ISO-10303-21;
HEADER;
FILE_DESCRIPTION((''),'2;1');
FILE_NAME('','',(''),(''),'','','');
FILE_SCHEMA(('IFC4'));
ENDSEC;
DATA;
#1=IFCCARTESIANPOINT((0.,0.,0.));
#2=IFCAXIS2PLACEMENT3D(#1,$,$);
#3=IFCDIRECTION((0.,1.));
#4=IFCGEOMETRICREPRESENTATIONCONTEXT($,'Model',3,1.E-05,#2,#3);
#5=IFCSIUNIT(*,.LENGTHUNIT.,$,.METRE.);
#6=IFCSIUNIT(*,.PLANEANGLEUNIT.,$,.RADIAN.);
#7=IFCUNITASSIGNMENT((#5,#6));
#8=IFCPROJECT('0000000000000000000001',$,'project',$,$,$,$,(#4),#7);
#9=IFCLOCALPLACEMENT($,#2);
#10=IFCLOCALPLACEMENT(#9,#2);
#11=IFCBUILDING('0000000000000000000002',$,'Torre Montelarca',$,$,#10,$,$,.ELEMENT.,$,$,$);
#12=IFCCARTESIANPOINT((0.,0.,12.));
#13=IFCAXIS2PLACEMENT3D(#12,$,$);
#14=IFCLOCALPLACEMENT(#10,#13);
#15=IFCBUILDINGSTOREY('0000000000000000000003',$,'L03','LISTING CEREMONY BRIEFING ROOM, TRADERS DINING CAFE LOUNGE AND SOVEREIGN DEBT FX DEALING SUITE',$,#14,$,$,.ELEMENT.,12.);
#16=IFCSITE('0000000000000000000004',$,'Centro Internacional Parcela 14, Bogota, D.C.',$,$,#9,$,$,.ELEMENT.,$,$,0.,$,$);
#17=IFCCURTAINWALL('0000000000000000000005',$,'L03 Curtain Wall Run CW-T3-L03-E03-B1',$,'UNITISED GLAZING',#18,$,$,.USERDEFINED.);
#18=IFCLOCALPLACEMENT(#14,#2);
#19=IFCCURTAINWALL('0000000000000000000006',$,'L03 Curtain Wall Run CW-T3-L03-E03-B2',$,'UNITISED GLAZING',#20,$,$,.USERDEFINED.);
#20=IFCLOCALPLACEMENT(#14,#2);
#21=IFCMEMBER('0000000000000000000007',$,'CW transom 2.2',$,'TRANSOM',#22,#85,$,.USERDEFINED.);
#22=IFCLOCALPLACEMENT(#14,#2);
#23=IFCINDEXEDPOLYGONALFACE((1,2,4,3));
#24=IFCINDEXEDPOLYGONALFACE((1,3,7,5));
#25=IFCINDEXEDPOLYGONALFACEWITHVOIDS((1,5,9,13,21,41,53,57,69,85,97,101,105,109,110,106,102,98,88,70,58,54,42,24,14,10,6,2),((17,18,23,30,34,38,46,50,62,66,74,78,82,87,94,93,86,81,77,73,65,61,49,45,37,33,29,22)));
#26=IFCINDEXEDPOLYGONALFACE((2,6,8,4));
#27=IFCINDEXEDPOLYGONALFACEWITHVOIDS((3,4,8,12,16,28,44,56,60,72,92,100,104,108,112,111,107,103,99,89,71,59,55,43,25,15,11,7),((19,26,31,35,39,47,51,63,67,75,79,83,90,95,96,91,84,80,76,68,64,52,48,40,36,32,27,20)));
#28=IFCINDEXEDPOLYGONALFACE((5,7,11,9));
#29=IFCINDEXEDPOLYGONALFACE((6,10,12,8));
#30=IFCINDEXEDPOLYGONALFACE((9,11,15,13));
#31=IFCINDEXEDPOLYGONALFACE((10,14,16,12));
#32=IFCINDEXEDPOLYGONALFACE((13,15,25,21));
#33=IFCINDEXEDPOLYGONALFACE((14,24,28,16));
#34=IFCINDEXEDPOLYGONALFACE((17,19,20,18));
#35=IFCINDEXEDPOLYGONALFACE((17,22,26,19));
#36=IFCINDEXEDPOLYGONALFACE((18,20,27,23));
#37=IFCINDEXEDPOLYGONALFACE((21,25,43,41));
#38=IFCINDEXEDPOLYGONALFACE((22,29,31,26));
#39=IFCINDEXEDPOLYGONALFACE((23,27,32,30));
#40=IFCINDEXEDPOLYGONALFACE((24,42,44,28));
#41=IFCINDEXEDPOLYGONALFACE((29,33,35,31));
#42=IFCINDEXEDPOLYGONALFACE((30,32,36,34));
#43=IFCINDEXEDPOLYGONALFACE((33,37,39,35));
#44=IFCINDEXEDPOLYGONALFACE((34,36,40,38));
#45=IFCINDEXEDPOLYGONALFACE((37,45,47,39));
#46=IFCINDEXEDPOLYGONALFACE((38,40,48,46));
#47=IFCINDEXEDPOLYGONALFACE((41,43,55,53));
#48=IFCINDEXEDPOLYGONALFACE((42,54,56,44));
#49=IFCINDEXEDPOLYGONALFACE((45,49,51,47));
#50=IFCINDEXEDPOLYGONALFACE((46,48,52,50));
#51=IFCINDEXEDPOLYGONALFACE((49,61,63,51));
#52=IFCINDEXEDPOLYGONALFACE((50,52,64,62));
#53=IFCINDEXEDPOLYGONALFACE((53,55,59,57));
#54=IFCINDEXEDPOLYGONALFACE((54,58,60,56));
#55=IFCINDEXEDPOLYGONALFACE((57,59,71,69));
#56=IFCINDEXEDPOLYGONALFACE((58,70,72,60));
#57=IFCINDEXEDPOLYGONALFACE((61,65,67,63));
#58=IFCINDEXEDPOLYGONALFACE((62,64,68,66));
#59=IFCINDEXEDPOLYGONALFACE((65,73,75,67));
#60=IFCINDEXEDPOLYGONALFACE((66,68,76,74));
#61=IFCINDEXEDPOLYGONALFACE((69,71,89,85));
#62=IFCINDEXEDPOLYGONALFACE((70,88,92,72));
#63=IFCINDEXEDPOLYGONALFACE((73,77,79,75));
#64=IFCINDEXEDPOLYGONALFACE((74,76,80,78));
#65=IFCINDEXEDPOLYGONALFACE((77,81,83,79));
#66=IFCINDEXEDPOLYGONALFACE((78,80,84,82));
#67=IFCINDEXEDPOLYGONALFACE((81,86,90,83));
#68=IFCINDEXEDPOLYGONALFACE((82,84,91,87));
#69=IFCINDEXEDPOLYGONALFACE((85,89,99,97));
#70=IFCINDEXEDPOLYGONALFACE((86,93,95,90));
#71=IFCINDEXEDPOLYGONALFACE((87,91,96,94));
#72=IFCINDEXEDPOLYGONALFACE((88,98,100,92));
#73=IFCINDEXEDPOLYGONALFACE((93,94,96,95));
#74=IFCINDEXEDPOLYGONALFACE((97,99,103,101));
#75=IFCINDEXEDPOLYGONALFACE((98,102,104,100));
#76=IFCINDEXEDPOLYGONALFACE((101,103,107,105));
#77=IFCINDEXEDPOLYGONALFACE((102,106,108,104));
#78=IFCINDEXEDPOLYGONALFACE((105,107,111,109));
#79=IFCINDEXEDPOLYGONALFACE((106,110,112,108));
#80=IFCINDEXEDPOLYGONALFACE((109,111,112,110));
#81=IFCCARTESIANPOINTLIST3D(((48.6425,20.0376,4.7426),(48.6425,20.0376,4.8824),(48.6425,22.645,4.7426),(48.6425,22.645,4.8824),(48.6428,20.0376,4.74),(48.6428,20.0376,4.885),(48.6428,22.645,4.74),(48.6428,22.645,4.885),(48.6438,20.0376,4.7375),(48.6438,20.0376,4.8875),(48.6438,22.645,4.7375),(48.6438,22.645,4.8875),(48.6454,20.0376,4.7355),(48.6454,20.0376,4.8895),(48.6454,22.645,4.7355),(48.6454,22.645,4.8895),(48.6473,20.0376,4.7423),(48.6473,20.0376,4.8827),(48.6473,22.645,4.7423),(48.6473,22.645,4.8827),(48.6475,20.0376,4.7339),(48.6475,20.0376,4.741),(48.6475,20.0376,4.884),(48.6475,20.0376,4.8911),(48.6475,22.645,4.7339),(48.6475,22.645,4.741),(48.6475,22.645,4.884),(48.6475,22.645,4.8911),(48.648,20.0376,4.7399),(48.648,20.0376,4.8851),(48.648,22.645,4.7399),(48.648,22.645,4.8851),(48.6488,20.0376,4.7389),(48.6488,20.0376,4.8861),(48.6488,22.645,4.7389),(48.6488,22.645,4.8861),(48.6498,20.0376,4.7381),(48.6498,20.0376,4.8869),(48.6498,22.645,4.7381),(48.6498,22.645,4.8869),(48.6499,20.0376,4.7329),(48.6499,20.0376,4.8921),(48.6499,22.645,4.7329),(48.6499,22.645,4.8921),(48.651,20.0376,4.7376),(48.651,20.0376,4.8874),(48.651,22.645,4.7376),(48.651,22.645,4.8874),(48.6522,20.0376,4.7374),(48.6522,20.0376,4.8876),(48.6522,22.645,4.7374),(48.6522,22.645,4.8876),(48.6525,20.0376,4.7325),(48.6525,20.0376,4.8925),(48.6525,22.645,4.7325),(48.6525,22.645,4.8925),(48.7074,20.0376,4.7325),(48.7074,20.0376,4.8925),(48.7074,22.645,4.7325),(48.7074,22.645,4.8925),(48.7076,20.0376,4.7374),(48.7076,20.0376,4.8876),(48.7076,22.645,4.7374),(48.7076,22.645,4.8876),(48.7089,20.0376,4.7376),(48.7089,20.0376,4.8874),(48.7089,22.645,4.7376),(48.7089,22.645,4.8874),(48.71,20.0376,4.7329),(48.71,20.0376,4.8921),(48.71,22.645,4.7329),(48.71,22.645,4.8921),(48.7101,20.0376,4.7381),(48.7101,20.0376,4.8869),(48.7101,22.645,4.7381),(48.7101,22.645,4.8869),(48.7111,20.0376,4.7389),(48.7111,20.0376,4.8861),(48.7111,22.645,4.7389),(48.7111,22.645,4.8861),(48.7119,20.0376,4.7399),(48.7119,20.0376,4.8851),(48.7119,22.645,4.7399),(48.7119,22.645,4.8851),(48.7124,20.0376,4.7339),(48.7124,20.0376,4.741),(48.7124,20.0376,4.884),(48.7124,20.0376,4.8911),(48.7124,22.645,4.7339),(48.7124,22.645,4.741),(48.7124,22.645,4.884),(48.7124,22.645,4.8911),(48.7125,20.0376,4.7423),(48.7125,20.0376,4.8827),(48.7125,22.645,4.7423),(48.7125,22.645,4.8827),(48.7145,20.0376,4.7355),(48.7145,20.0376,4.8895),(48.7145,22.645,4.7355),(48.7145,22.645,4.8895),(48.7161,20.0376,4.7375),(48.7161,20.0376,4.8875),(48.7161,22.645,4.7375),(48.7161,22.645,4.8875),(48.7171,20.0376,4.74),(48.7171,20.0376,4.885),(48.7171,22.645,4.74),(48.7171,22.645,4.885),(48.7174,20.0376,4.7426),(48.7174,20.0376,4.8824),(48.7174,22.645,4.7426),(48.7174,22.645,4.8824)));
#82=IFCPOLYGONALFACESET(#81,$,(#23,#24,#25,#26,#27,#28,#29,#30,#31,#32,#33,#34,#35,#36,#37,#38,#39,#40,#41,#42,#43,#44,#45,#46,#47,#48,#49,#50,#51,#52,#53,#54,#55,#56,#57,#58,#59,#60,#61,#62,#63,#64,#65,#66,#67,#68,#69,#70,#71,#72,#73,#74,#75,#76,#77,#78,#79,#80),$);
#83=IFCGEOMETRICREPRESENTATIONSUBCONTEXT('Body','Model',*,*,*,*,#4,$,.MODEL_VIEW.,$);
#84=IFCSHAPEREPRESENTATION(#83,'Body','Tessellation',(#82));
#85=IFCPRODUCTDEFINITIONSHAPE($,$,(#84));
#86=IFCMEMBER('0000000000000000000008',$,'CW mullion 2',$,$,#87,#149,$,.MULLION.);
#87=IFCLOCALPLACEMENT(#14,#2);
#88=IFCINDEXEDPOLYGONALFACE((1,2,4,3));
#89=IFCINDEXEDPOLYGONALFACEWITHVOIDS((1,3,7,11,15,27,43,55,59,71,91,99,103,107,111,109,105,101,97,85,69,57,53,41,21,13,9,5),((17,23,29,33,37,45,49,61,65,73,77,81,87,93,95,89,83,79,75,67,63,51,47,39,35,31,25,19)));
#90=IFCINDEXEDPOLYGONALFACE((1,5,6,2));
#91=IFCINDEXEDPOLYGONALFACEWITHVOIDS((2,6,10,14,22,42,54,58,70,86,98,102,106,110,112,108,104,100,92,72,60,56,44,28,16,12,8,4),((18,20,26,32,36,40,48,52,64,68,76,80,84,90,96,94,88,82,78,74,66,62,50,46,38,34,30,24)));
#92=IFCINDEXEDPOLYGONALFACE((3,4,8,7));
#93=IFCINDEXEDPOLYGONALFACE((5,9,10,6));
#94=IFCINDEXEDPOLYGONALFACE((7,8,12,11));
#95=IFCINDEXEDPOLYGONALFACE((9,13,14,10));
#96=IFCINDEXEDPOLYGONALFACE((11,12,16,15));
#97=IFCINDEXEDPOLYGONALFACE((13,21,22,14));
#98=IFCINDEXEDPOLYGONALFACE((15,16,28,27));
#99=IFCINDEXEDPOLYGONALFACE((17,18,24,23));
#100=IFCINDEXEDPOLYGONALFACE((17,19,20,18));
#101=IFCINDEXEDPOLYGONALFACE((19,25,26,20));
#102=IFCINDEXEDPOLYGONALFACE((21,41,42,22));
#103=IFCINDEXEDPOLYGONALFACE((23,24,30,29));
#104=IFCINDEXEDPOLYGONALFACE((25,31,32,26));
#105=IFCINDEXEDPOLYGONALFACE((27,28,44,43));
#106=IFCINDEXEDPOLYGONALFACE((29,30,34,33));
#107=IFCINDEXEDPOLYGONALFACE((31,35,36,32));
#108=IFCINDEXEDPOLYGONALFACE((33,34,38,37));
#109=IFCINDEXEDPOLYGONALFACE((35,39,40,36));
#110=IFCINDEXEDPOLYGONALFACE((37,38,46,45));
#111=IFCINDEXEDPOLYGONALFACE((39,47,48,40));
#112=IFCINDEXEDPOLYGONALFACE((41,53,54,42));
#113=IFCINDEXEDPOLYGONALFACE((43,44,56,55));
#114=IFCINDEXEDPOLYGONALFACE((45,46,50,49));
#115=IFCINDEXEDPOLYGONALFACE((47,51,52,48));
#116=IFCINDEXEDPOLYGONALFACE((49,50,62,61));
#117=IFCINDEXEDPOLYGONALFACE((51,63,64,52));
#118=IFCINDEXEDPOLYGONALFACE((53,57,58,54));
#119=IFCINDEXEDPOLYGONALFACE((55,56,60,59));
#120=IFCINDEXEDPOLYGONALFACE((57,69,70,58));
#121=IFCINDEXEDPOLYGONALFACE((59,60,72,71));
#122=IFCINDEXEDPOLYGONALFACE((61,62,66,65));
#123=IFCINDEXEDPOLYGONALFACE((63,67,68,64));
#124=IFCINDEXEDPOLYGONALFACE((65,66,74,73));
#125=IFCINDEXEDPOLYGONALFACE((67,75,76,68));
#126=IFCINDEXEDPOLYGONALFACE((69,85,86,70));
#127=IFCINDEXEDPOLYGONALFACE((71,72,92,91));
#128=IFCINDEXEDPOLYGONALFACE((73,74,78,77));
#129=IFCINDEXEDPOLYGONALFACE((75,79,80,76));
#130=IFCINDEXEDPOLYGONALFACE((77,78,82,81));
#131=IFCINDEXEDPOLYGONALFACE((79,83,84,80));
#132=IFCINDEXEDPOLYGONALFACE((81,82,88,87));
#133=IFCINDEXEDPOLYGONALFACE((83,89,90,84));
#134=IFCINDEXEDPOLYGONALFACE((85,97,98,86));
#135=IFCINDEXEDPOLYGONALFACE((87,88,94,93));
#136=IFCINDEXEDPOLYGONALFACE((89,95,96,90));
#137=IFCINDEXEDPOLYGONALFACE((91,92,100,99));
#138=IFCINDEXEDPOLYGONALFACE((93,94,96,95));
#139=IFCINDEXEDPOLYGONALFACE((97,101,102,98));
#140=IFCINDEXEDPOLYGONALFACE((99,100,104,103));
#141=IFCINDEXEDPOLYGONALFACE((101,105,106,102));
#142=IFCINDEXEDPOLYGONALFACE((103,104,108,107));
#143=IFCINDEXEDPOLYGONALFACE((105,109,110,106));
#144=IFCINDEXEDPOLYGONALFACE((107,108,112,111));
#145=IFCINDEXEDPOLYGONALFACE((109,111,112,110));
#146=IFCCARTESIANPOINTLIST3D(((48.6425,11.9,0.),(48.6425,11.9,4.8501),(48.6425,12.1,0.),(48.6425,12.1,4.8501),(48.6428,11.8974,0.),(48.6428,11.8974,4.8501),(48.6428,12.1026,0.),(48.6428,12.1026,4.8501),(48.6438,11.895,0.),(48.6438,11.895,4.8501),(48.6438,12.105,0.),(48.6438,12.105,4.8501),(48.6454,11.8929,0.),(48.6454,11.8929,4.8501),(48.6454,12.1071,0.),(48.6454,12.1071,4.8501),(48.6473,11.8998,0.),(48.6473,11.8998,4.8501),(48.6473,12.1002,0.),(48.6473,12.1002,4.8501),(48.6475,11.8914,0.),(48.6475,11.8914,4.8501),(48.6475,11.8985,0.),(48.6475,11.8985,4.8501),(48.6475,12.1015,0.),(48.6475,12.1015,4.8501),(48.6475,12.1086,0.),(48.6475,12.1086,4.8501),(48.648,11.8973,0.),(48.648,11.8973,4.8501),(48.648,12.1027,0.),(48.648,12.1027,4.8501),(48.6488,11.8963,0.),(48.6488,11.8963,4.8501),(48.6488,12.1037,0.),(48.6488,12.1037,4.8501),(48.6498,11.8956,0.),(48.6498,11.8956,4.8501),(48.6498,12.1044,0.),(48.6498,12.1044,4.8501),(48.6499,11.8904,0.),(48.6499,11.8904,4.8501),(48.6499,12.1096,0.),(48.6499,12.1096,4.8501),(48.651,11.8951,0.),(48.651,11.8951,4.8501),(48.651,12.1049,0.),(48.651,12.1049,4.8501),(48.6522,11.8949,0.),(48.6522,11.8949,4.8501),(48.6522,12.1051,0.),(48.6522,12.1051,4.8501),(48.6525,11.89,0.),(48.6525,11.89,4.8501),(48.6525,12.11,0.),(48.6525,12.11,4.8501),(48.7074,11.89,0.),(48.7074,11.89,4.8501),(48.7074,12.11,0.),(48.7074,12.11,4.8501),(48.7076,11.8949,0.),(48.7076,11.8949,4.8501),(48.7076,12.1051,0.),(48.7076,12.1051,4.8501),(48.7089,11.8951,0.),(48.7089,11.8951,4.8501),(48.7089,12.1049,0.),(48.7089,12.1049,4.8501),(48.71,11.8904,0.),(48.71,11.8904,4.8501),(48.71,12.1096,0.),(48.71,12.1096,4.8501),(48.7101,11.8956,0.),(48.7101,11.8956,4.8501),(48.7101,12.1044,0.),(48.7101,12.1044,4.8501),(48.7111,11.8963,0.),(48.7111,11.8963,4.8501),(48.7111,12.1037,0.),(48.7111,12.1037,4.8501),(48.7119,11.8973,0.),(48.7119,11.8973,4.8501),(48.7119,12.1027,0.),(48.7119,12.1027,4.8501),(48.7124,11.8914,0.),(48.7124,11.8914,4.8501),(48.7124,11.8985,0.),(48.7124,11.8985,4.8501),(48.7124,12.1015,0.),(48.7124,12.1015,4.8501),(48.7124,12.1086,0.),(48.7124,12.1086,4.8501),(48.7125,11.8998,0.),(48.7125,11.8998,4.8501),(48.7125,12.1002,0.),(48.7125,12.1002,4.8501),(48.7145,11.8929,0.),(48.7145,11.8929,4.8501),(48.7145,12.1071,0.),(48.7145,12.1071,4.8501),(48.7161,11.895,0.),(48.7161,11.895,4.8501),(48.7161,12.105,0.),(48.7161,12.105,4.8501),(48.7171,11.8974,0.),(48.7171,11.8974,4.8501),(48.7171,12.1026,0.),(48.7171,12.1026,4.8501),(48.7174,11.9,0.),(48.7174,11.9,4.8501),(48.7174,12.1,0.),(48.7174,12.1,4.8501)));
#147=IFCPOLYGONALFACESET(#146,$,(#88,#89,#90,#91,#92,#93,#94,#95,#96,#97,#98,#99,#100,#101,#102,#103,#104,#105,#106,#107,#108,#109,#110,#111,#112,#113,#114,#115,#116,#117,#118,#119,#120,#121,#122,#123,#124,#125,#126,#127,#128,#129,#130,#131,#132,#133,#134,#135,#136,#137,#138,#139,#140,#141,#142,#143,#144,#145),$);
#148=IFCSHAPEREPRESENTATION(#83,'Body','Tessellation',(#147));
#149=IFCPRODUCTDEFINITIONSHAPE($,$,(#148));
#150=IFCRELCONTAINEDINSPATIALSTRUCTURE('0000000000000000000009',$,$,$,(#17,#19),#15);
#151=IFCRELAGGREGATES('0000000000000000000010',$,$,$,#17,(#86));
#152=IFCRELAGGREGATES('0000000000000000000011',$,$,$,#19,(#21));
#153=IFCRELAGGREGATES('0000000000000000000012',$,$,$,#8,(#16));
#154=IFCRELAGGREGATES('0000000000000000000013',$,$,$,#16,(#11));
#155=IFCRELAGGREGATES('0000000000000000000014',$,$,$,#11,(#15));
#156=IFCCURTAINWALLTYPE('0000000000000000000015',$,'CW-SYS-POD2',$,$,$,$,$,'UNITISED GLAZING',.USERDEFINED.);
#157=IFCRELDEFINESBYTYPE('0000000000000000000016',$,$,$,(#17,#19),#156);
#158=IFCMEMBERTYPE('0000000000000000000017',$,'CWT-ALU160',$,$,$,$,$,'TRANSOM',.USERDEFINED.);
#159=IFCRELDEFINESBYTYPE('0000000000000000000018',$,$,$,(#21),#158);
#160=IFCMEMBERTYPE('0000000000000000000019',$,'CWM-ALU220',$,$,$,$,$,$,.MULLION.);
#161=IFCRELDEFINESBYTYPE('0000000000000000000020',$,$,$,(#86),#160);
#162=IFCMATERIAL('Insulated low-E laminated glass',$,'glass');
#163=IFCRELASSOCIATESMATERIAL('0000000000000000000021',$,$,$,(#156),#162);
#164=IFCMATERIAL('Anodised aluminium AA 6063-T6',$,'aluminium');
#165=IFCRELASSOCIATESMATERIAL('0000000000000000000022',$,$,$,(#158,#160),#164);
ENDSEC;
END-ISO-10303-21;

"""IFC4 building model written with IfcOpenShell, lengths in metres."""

from ifc_helpers import new_model, si_unit, direction, frame, origin, origin_2d, place, context, subcontext, project, spatial, hollow_rectangle, extrude, source, transform, mapped, material, material_profile, profile_set, type_object, element, aggregate, save


model = new_model("IFC4")

# Units and contexts
model_context = context("Model", 3, precision=1e-05, world=origin(), true_north=direction((0.0, 1.0)))
body_context = subcontext(model_context, "Body", "Model", "MODEL_VIEW")
ifc_project = project(units=[si_unit("LENGTHUNIT", "METRE"), si_unit("PLANEANGLEUNIT", "RADIAN")], contexts=[model_context])

# Site, building, storey
site_placement = place(None, origin())
site = spatial("IfcSite", under=ifc_project, at=site_placement, Name="Centro Internacional Parcela 14, Bogota, D.C.", CompositionType="ELEMENT", RefElevation=0.0)
building_placement = place(site_placement, origin())
building = spatial("IfcBuilding", under=site, at=building_placement, Name="Torre Montelarca", CompositionType="ELEMENT")
storey_placement = place(building_placement, frame((0.0, 0.0, 12.0)))
storey = spatial("IfcBuildingStorey", under=building, at=storey_placement, Name="L03", Description="LISTING CEREMONY BRIEFING ROOM, TRADERS DINING CAFE LOUNGE AND SOVEREIGN DEBT FX DEALING SUITE", CompositionType="ELEMENT", Elevation=12.0)

# Curtain walls, member
ifc_material_1 = material(Name="Insulated low-E laminated glass", Category="glass")
curtain_wall_type = type_object("IfcCurtainWallType", Name="CW-SYS-POD2", ElementType="UNITISED GLAZING", PredefinedType="USERDEFINED", material=ifc_material_1)
curtain_wall_1_placement = place(storey_placement, origin())
curtain_wall_1 = element("IfcCurtainWall", 1, at=curtain_wall_1_placement, inside=storey, type_object=curtain_wall_type, Name="L03 Curtain Wall Run CW-T3-L03-E03-B1", ObjectType="UNITISED GLAZING", PredefinedType="USERDEFINED")
ifc_material_2 = material(Name="Anodised aluminium AA 6063-T6", Category="aluminium")
ifc_material_profile_1 = material_profile(ifc_material_2, hollow_rectangle(XDim=0.075, YDim=0.1599, WallThickness=0.0049, InnerFilletRadius=0.0049, OuterFilletRadius=0.01, at=origin_2d()), Name="ALU75X160X5", Category="aluminium")
ifc_profile_set_1 = profile_set([ifc_material_profile_1], Name="Anodised aluminium AA 6063-T6")
member_type_1 = type_object("IfcMemberType", Name="CWT-ALU160", ElementType="TRANSOM", PredefinedType="USERDEFINED", material=ifc_profile_set_1)
shared_shape_1 = source(origin(), body_context, "Body", "SweptSolid", [
    extrude(hollow_rectangle(XDim=0.075, YDim=0.1599, WallThickness=0.0049, InnerFilletRadius=0.0049, OuterFilletRadius=0.01, at=origin_2d()), origin(), (0.0, 0.0, 1.0), 2.6074),
])
curtain_wall_2_placement = place(storey_placement, origin())
curtain_wall_2 = element("IfcCurtainWall", 2, at=curtain_wall_2_placement, inside=storey, type_object=curtain_wall_type, Name="L03 Curtain Wall Run CW-T3-L03-E03-B2", ObjectType="UNITISED GLAZING", PredefinedType="USERDEFINED")
member_1_placement = place(storey_placement, frame((48.6799, 20.0376, 4.8125), z_axis=(0.0, 1.0, 0.0), x_axis=(-1.0, 0.0, 0.0)))
member_1 = element("IfcMember", 3, at=member_1_placement, type_object=member_type_1, Name="CW transom 2.2", ObjectType="TRANSOM", PredefinedType="USERDEFINED", context=body_context, shape_type="MappedRepresentation", body=[
    mapped(shared_shape_1, transform((0.0, 0.0, 0.0), scale=1.0)),
])

# Member
ifc_material_profile_2 = material_profile(ifc_material_2, hollow_rectangle(XDim=0.075, YDim=0.22, WallThickness=0.0049, InnerFilletRadius=0.0049, OuterFilletRadius=0.01, at=origin_2d()), Name="ALU75X220X5", Category="aluminium")
ifc_profile_set_2 = profile_set([ifc_material_profile_2], Name="Anodised aluminium AA 6063-T6")
member_type_2 = type_object("IfcMemberType", Name="CWM-ALU220", PredefinedType="MULLION", material=ifc_profile_set_2)
shared_shape_2 = source(origin(), body_context, "Body", "SweptSolid", [
    extrude(hollow_rectangle(XDim=0.075, YDim=0.22, WallThickness=0.0049, InnerFilletRadius=0.0049, OuterFilletRadius=0.01, at=origin_2d()), origin(), (0.0, 0.0, 1.0), 4.8501),
])
member_2_placement = place(storey_placement, frame((48.6799, 12.0, 0.0), z_axis=(0.0, 0.0, 1.0), x_axis=(-1.0, 0.0, 0.0)))
member_2 = element("IfcMember", 4, at=member_2_placement, type_object=member_type_2, Name="CW mullion 2", PredefinedType="MULLION", context=body_context, shape_type="MappedRepresentation", body=[
    mapped(shared_shape_2, transform((0.0, 0.0, 0.0), scale=1.0)),
])

aggregate(curtain_wall_1, [member_2])
aggregate(curtain_wall_2, [member_1])

save(model, "model.ifc")
